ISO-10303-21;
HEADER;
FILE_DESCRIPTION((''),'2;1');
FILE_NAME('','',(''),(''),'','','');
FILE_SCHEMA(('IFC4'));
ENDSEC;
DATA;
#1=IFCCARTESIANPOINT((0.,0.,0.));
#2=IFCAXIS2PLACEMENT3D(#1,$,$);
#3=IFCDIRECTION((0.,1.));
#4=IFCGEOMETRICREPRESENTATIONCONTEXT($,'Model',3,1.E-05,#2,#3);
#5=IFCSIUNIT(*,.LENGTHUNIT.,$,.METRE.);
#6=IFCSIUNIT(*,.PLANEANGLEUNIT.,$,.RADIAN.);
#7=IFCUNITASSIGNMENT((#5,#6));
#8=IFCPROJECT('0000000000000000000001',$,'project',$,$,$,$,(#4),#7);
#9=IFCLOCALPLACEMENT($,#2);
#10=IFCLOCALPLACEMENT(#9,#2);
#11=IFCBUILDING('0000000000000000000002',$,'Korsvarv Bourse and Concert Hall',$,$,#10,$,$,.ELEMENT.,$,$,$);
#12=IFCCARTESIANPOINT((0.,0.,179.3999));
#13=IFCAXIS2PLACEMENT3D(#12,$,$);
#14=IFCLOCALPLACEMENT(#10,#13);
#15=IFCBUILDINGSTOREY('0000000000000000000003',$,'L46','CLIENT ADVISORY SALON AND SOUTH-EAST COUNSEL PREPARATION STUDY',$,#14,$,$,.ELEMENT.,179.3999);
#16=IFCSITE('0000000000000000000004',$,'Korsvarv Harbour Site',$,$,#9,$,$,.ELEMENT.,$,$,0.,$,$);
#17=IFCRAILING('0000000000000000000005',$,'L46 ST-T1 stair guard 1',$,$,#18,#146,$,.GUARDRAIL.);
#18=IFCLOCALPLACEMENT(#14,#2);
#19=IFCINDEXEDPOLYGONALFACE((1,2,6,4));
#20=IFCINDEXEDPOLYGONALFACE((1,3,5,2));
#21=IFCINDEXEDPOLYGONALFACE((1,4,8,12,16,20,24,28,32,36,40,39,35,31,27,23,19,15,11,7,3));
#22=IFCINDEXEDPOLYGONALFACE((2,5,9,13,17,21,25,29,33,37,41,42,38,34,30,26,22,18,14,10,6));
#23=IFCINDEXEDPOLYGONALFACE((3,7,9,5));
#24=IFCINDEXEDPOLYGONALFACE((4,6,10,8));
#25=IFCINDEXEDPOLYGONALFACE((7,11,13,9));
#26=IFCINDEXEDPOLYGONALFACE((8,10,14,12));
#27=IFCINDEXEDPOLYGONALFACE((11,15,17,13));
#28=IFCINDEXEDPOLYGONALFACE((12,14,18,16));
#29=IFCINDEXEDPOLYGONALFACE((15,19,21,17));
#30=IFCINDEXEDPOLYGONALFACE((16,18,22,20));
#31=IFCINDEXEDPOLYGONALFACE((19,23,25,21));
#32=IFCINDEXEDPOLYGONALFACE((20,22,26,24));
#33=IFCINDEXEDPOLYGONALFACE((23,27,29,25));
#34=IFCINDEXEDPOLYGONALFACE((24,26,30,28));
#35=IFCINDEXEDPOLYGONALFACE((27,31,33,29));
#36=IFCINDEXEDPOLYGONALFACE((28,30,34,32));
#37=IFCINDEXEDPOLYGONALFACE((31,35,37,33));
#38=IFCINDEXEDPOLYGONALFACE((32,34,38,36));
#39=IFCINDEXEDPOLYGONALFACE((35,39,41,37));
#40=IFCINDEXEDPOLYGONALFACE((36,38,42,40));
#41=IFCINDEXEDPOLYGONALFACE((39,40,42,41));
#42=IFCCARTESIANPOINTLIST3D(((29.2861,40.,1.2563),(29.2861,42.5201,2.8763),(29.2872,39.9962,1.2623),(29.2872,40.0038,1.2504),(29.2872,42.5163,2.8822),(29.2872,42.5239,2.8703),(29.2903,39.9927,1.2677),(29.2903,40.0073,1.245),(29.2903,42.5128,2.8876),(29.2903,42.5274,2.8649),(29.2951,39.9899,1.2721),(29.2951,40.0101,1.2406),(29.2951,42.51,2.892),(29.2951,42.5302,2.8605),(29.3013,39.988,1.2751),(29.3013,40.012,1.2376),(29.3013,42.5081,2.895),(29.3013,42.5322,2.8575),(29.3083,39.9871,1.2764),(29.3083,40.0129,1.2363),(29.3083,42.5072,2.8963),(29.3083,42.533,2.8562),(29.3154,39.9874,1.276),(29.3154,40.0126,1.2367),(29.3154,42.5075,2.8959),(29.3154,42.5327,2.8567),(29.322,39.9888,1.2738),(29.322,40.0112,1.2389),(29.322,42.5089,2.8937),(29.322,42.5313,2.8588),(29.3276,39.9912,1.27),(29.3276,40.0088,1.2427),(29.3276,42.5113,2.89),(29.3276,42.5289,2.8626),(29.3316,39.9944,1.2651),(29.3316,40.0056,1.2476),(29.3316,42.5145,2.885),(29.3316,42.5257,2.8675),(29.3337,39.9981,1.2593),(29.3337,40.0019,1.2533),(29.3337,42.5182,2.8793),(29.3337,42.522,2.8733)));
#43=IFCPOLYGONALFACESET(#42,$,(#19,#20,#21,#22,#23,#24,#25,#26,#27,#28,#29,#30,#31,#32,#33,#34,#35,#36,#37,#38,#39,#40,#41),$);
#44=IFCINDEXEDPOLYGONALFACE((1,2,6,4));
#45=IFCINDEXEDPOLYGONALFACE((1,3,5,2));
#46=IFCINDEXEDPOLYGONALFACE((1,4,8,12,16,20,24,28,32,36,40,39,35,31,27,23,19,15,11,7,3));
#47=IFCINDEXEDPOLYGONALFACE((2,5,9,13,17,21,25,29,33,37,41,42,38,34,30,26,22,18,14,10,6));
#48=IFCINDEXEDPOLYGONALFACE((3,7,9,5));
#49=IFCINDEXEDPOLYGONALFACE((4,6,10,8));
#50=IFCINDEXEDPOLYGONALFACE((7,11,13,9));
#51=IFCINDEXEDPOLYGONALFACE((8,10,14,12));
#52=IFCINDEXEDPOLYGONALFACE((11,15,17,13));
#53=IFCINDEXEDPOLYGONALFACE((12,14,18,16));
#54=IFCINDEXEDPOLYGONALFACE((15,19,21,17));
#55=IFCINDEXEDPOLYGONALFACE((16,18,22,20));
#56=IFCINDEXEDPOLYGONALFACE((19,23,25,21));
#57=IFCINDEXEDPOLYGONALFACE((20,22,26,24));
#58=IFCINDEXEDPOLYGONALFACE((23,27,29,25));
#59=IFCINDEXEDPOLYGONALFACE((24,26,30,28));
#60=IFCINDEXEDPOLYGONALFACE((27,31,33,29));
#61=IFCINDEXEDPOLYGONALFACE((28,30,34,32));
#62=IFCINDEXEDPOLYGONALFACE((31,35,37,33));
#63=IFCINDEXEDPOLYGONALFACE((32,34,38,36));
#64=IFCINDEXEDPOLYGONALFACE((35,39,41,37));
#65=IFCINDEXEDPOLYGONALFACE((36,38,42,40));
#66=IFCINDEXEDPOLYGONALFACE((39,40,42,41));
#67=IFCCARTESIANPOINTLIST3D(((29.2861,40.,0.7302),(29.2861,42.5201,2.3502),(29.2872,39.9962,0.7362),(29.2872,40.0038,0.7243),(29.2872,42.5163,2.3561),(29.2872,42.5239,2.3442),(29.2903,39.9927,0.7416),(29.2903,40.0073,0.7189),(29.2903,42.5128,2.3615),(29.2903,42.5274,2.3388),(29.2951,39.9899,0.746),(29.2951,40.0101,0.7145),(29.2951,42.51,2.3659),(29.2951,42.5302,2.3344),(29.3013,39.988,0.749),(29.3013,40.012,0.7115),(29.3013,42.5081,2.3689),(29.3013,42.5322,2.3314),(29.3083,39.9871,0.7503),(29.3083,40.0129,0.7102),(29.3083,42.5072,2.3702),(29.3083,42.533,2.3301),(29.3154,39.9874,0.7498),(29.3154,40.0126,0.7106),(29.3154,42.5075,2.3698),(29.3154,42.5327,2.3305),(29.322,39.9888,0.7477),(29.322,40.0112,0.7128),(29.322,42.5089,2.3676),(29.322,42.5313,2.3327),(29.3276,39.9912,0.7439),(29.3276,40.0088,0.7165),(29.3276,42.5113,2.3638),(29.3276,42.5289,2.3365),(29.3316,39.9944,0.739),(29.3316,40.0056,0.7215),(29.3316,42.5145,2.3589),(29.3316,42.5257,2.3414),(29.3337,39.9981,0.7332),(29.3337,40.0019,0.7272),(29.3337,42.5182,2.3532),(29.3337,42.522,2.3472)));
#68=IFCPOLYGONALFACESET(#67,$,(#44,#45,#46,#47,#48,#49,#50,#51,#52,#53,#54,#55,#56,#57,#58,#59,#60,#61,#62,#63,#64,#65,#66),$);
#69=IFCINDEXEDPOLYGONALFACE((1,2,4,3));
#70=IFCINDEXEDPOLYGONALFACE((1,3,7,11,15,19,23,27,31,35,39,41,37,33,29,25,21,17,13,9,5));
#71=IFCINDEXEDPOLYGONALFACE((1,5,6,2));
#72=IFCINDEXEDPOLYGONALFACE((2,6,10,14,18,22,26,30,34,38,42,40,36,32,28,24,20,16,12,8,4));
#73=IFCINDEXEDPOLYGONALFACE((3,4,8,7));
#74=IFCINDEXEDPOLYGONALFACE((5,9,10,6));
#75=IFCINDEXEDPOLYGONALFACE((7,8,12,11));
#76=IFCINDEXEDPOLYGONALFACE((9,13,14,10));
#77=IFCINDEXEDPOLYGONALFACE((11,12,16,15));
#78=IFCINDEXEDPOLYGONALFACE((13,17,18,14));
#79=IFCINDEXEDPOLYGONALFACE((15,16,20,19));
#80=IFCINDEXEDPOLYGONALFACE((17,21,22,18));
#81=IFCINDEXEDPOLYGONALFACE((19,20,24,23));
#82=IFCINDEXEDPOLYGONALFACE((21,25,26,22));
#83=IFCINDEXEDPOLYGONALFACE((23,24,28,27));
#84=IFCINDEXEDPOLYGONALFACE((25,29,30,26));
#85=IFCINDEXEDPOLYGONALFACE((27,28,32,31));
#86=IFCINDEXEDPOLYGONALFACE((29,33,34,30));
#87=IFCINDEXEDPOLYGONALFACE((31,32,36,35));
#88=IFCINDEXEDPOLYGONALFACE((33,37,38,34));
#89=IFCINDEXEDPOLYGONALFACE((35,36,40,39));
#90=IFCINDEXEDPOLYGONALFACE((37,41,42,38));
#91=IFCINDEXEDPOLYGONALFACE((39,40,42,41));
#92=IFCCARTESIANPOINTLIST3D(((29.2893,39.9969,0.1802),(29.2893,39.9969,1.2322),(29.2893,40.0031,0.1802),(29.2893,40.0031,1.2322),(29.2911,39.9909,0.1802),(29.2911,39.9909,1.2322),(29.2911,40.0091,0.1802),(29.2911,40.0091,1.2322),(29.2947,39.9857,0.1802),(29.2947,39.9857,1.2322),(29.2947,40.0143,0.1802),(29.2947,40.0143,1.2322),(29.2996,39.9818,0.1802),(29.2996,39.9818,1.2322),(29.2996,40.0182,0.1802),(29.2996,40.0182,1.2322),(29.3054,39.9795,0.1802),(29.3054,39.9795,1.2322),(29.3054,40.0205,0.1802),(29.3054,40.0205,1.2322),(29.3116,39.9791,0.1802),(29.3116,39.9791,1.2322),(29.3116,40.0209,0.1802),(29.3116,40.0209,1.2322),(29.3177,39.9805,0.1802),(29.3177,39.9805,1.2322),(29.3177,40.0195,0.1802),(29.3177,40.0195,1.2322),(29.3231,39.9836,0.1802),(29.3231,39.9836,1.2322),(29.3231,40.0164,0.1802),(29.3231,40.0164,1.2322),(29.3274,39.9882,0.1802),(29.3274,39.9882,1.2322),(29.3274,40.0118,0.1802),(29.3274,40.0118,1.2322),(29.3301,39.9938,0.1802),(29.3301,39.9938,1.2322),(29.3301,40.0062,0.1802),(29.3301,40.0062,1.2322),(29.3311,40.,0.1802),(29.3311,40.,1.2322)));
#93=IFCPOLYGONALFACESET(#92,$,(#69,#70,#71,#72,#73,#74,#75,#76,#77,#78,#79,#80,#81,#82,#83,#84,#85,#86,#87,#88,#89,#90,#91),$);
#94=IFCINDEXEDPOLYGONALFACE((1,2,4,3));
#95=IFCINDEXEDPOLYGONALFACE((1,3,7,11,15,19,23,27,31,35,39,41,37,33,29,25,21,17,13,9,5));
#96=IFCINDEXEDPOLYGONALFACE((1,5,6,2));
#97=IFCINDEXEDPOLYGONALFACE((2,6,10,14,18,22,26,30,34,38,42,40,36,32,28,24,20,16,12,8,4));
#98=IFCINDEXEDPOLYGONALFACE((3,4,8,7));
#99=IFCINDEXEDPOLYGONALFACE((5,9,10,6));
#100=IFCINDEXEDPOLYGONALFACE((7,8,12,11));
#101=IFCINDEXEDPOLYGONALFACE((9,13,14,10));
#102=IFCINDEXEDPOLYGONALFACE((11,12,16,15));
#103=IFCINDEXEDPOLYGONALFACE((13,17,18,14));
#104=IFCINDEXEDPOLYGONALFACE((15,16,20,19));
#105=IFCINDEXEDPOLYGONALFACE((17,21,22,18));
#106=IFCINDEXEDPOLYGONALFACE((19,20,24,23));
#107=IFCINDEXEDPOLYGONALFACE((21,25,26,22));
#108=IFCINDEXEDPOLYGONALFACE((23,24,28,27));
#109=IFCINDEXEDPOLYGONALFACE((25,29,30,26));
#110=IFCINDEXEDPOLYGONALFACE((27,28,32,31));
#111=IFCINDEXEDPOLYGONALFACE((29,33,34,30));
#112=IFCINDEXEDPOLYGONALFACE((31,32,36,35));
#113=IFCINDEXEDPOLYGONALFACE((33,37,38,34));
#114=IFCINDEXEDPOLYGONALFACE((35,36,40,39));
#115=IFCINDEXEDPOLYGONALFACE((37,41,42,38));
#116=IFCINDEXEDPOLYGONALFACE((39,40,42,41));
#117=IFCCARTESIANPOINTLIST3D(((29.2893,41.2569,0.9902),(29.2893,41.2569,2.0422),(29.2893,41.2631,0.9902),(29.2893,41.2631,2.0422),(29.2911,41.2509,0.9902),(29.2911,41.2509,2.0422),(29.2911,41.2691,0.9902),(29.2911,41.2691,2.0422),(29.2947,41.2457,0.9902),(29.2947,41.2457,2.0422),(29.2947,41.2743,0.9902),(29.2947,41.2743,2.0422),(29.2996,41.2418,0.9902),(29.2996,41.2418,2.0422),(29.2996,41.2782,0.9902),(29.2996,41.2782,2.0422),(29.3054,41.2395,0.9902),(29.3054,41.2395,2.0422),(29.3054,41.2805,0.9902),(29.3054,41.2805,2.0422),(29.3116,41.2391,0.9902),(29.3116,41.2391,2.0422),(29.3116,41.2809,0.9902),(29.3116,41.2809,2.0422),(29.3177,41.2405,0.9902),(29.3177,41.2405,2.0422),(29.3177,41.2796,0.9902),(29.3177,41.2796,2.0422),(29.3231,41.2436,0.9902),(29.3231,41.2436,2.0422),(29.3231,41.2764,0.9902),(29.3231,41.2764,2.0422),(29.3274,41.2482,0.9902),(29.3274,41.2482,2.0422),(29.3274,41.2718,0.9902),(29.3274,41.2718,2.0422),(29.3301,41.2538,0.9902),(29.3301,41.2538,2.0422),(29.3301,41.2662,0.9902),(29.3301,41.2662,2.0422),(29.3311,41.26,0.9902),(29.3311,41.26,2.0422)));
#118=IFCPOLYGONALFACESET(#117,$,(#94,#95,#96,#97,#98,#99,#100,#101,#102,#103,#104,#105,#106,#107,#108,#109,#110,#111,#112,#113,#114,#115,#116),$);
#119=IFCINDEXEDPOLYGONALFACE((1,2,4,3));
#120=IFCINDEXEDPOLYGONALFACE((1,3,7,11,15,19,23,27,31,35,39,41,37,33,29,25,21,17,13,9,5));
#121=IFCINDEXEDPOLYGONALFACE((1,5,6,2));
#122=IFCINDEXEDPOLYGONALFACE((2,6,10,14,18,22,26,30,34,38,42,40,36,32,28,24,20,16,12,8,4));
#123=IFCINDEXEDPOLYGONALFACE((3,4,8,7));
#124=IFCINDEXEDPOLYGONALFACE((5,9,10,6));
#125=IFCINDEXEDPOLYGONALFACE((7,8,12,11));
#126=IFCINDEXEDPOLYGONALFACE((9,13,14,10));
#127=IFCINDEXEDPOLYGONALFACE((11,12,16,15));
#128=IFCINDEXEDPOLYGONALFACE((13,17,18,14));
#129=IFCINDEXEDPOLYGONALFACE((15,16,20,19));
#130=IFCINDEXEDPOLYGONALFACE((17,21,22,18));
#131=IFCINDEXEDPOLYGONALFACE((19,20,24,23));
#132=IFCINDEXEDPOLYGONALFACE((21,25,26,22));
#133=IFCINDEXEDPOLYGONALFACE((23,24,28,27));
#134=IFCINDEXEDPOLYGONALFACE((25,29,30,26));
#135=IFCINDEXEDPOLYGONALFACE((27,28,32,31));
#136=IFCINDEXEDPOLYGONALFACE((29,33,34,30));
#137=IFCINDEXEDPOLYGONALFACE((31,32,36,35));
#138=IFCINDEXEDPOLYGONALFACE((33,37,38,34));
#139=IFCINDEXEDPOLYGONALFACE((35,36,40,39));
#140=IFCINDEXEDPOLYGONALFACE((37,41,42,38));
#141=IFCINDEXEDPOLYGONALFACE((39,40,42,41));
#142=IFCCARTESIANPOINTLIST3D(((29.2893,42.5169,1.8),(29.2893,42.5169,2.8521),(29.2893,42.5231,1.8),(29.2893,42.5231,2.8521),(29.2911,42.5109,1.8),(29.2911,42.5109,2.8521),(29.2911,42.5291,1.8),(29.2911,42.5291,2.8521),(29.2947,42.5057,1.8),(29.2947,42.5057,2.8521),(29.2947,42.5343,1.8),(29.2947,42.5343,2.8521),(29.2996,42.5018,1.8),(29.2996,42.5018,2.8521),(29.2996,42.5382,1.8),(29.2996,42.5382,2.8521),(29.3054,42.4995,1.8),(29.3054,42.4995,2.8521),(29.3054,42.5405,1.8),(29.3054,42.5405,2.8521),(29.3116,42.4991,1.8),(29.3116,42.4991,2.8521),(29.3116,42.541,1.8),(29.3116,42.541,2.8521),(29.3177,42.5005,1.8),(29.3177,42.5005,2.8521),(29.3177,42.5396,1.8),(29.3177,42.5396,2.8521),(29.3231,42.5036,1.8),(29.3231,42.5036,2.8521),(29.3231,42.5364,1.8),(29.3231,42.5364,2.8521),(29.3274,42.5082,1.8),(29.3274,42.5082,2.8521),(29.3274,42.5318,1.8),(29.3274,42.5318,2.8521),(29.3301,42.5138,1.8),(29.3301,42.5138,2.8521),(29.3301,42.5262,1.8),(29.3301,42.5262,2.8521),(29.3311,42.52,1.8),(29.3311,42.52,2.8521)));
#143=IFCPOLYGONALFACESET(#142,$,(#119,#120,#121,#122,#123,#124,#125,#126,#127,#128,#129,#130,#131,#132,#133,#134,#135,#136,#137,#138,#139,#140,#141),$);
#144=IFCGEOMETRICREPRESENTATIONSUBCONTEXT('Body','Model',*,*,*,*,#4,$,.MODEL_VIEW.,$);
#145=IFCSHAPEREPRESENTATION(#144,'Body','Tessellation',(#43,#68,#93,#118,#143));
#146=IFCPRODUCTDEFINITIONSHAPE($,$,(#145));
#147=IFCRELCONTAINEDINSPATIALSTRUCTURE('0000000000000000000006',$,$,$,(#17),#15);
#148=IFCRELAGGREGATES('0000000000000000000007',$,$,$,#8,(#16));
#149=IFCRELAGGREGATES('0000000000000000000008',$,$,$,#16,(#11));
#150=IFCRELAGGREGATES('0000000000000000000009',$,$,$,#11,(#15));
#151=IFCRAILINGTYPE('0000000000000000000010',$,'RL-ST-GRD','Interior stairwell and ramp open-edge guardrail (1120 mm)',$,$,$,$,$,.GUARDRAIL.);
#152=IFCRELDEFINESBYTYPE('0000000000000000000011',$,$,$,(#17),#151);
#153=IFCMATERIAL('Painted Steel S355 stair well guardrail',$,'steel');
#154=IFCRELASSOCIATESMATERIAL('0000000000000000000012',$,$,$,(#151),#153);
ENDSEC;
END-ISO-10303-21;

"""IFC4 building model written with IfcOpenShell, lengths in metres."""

from ifc_helpers import new_model, si_unit, direction, frame, origin, origin_2d, place, context, subcontext, project, spatial, circle, extrude, material, type_object, element, save


model = new_model("IFC4")

# Units and contexts
model_context = context("Model", 3, precision=1e-05, world=origin(), true_north=direction((0.0, 1.0)))
body_context = subcontext(model_context, "Body", "Model", "MODEL_VIEW")
ifc_project = project(units=[si_unit("LENGTHUNIT", "METRE"), si_unit("PLANEANGLEUNIT", "RADIAN")], contexts=[model_context])

# Site, building, storey
site_placement = place(None, origin())
site = spatial("IfcSite", under=ifc_project, at=site_placement, Name="Korsvarv Harbour Site", CompositionType="ELEMENT", RefElevation=0.0)
building_placement = place(site_placement, origin())
building = spatial("IfcBuilding", under=site, at=building_placement, Name="Korsvarv Bourse and Concert Hall", CompositionType="ELEMENT")
storey_placement = place(building_placement, frame((0.0, 0.0, 179.3999)))
storey = spatial("IfcBuildingStorey", under=building, at=storey_placement, Name="L46", Description="CLIENT ADVISORY SALON AND SOUTH-EAST COUNSEL PREPARATION STUDY", CompositionType="ELEMENT", Elevation=179.3999)

# Railing
ifc_material_1 = material(Name="Painted Steel S355 stair well guardrail", Category="steel")
railing_type_1 = type_object("IfcRailingType", Name="RL-ST-GRD", Description="Interior stairwell and ramp open-edge guardrail (1120 mm)", PredefinedType="GUARDRAIL", material=ifc_material_1)
railing_1_placement = place(storey_placement, frame((29.3101, 40.0, 0.1802)))
element("IfcRailing", 1, at=railing_1_placement, inside=storey, type_object=railing_type_1, Name="L46 ST-T1 stair guard 1", PredefinedType="GUARDRAIL", context=body_context, shape_type="SweptSolid", body=[
    extrude(circle(Radius=0.0239, at=origin_2d()), frame((0.0, 0.0, 1.0762), z_axis=(0.0, 0.8412, 0.540725), x_axis=(-1.0, 0.0, 0.0)), (0.0, 0.0, 1.0), 2.9958),
    extrude(circle(Radius=0.0239, at=origin_2d()), frame((0.0, 0.0, 0.55), z_axis=(0.0, 0.8412, 0.540725), x_axis=(-1.0, 0.0, 0.0)), (0.0, 0.0, 1.0), 2.9958),
    extrude(circle(Radius=0.021, at=origin_2d()), origin(), (0.0, 0.0, 1.0), 1.052),
    extrude(circle(Radius=0.021, at=origin_2d()), frame((0.0, 1.26, 0.8101)), (0.0, 0.0, 1.0), 1.052),
    extrude(circle(Radius=0.021, at=origin_2d()), frame((0.0, 2.52, 1.6199)), (0.0, 0.0, 1.0), 1.052),
])

save(model, "model.ifc")
